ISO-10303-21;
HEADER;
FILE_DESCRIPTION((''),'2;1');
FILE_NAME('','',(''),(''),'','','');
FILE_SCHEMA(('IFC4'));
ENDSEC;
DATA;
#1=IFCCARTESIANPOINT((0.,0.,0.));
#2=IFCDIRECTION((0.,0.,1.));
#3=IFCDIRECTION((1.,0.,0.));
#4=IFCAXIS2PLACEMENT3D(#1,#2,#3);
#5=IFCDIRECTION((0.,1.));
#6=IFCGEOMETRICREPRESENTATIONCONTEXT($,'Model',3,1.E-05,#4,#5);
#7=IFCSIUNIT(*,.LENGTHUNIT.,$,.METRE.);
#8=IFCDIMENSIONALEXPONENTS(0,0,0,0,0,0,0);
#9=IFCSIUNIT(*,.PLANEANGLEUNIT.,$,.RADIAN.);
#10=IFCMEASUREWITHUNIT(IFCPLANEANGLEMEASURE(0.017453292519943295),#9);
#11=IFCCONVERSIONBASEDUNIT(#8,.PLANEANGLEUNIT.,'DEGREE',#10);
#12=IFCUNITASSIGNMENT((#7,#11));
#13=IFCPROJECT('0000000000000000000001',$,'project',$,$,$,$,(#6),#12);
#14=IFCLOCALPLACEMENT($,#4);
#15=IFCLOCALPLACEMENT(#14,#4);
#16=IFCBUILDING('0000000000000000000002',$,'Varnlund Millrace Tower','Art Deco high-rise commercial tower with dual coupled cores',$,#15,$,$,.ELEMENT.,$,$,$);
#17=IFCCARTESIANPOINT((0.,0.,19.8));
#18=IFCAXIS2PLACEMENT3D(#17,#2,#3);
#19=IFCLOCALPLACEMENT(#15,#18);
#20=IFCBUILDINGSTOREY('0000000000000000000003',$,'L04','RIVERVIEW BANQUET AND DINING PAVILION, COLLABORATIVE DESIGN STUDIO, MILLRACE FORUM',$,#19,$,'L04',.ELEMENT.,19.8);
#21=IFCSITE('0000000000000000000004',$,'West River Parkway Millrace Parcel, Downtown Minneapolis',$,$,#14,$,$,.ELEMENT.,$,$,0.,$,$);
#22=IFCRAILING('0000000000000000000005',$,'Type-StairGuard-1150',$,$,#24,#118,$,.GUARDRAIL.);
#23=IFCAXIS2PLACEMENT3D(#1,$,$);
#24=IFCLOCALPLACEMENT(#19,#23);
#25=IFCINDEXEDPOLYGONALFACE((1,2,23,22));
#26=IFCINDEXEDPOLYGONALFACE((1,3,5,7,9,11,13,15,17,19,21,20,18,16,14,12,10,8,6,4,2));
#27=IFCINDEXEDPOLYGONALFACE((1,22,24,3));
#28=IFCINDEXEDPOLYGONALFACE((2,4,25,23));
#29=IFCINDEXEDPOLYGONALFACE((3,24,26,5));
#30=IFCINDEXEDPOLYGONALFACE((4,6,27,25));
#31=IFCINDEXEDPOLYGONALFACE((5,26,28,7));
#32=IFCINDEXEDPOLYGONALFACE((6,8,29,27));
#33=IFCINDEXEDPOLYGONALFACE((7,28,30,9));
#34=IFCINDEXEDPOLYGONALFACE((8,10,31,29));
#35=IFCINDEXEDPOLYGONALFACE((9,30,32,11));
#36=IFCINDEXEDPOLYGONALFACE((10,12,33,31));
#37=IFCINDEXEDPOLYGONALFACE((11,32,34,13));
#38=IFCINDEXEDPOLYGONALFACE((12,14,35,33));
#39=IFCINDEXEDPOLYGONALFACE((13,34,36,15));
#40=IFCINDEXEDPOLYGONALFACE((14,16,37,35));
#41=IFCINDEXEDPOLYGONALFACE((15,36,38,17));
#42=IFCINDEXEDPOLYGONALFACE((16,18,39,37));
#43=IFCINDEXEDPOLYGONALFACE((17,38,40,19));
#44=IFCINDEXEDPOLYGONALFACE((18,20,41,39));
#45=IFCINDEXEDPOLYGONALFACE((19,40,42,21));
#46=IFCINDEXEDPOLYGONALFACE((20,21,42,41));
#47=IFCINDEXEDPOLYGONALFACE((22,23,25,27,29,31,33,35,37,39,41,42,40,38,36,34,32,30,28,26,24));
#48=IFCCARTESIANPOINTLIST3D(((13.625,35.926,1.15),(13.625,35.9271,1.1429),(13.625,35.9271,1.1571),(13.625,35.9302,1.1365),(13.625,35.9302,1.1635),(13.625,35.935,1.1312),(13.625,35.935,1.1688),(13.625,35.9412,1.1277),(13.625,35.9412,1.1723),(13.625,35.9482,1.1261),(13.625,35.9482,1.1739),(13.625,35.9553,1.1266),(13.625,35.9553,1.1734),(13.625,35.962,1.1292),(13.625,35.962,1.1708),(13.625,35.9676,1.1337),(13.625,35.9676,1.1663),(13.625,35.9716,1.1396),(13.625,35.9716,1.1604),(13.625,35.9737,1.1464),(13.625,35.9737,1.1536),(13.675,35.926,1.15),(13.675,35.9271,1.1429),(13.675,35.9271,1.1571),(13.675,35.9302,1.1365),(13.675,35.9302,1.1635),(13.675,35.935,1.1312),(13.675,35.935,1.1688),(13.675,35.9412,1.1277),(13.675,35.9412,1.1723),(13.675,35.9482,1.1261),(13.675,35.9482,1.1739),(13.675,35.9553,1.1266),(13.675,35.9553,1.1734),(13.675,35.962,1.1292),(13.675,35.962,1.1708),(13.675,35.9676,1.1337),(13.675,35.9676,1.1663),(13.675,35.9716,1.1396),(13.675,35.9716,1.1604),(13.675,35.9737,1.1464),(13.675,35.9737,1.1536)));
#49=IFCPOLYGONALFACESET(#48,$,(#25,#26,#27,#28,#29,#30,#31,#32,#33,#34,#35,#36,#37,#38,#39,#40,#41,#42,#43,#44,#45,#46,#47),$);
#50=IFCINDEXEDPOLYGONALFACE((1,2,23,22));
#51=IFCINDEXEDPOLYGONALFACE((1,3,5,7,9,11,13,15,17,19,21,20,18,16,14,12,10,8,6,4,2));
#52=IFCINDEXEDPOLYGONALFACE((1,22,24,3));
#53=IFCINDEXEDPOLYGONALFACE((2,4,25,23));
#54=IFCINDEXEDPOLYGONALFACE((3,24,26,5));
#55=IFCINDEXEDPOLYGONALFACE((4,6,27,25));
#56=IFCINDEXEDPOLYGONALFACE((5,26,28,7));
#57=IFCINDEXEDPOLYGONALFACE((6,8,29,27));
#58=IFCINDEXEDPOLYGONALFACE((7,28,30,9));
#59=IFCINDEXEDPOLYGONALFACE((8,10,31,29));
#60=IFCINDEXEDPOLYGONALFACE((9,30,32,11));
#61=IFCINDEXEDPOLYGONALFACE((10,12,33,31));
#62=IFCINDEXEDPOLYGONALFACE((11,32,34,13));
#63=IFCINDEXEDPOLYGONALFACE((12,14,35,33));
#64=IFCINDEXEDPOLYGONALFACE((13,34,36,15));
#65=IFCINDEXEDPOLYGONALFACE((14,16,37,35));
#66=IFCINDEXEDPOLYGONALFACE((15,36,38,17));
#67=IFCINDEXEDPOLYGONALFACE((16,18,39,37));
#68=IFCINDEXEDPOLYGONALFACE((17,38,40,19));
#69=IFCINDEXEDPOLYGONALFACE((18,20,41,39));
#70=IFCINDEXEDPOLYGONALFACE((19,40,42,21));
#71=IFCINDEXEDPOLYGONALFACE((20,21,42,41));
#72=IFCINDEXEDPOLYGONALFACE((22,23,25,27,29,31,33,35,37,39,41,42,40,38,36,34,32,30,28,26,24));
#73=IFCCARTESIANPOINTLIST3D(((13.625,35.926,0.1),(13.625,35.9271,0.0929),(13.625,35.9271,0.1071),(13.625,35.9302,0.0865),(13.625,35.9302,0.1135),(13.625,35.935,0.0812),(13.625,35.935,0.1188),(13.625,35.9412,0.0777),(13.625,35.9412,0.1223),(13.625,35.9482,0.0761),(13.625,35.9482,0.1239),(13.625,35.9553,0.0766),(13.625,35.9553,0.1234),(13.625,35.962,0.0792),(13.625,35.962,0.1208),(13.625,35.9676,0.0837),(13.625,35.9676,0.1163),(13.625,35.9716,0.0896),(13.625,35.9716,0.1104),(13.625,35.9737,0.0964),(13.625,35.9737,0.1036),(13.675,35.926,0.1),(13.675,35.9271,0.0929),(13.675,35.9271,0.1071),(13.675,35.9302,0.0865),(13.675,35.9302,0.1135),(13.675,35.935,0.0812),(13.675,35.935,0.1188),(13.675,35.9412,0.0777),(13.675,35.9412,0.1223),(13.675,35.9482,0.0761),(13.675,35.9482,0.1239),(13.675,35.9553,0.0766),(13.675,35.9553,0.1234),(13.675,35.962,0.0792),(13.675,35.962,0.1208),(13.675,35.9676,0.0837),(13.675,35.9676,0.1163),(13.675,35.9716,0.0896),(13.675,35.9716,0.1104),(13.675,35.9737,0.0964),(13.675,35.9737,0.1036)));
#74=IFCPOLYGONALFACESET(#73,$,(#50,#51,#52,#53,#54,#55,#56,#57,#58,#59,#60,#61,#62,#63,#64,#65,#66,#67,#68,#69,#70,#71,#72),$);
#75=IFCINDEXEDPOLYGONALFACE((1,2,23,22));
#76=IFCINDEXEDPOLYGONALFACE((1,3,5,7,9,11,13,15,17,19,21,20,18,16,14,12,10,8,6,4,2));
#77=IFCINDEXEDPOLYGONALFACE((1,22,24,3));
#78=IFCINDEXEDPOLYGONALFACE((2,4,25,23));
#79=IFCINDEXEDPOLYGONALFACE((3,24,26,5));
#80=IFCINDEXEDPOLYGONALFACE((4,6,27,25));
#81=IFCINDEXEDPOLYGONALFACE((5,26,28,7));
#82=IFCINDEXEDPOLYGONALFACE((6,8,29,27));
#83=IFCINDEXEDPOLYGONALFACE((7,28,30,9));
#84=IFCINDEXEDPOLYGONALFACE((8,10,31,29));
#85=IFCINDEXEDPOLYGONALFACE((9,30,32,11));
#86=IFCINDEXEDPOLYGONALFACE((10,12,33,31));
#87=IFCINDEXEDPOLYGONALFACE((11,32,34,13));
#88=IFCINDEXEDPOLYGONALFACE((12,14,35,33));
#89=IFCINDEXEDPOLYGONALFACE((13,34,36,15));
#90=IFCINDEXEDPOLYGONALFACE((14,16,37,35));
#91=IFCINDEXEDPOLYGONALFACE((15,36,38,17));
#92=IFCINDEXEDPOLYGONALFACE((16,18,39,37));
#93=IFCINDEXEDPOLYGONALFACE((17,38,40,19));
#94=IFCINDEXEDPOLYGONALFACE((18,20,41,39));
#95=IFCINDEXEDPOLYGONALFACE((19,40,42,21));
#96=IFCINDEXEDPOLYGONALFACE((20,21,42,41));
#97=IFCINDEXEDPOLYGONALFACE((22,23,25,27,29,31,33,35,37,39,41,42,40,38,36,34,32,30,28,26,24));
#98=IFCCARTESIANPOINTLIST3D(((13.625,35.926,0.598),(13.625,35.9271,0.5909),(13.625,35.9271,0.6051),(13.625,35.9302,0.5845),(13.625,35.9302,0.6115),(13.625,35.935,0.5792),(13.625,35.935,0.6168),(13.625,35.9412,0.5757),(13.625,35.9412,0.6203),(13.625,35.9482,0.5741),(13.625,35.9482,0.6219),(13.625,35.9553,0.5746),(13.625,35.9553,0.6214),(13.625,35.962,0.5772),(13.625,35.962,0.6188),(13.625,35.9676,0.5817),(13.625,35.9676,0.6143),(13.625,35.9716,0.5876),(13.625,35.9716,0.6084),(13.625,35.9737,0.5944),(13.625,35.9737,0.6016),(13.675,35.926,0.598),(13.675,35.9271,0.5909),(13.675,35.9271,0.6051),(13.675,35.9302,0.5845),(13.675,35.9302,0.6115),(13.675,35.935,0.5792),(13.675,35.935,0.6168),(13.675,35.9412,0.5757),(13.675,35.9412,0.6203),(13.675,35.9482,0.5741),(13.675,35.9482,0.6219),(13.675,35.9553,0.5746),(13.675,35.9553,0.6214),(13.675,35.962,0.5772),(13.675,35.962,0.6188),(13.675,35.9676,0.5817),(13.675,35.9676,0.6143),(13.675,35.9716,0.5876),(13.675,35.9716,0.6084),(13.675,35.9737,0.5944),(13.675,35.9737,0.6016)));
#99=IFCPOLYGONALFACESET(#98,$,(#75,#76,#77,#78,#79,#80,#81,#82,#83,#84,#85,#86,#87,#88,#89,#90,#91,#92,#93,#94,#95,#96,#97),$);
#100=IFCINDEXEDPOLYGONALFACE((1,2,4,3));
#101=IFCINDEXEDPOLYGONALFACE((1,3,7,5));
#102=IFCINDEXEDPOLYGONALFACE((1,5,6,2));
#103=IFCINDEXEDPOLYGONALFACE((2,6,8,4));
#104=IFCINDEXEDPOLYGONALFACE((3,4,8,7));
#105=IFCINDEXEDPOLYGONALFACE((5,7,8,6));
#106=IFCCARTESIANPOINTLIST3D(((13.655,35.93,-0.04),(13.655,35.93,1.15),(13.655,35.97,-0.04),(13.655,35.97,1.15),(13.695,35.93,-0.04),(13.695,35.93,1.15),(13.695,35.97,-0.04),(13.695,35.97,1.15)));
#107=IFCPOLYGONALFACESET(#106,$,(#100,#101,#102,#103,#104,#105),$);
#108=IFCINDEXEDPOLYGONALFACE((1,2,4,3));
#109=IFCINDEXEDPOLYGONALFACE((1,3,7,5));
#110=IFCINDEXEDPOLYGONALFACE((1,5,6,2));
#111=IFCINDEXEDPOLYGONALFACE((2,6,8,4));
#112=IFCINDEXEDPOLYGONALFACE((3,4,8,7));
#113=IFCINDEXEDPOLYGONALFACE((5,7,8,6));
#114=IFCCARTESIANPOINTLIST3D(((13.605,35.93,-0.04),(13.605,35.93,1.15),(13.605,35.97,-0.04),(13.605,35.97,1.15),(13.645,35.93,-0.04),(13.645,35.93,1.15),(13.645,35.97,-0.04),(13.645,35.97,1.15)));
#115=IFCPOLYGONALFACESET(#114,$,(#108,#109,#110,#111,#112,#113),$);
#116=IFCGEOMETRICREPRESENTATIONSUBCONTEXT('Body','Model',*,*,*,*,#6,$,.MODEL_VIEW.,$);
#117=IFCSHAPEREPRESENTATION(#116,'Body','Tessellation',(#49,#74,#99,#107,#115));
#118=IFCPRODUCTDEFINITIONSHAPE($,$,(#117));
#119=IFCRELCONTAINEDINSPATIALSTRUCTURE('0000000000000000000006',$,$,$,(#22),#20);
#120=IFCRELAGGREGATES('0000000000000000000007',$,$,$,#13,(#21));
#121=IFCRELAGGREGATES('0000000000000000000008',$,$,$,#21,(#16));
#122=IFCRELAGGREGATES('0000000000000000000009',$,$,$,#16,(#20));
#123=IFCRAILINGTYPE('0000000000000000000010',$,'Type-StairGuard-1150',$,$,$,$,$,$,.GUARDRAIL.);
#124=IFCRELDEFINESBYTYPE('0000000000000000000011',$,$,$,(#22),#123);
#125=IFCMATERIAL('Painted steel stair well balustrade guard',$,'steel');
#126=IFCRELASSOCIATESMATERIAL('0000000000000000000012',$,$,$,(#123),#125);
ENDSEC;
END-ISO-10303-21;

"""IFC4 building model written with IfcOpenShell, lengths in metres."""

from ifc_helpers import new_model, entity, si_unit, converted_unit, direction, frame, origin_with_axes, origin_2d_with_axis, place, context, subcontext, project, spatial, rectangle, circle, extrude, material, type_object, element, save


model = new_model("IFC4")

# Units and contexts
model_context = context("Model", 3, precision=1e-05, world=origin_with_axes(), true_north=direction((0.0, 1.0)))
body_context = subcontext(model_context, "Body", "Model", "MODEL_VIEW")
ifc_project = project(units=[si_unit("LENGTHUNIT", "METRE"), converted_unit("PLANEANGLEUNIT", "DEGREE", entity("IfcPlaneAngleMeasure", 0.017453292519943295), si_unit("PLANEANGLEUNIT", "RADIAN"), dimensions=[0, 0, 0, 0, 0, 0, 0])], contexts=[model_context])

# Site, building, storey
site_placement = place(None, origin_with_axes())
site = spatial("IfcSite", under=ifc_project, at=site_placement, Name="West River Parkway Millrace Parcel, Downtown Minneapolis", CompositionType="ELEMENT", RefElevation=0.0)
building_placement = place(site_placement, origin_with_axes())
building = spatial("IfcBuilding", under=site, at=building_placement, Name="Varnlund Millrace Tower", Description="Art Deco high-rise commercial tower with dual coupled cores", CompositionType="ELEMENT")
storey_placement = place(building_placement, frame((0.0, 0.0, 19.8), z_axis=(0.0, 0.0, 1.0), x_axis=(1.0, 0.0, 0.0)))
storey = spatial("IfcBuildingStorey", under=building, at=storey_placement, Name="L04", Description="RIVERVIEW BANQUET AND DINING PAVILION, COLLABORATIVE DESIGN STUDIO, MILLRACE FORUM", LongName="L04", CompositionType="ELEMENT", Elevation=19.8)

# Railing
ifc_material_1 = material(Name="Painted steel stair well balustrade guard", Category="steel")
railing_type_1 = type_object("IfcRailingType", Name="Type-StairGuard-1150", PredefinedType="GUARDRAIL", material=ifc_material_1)
railing_1_placement = place(storey_placement, frame((0.0, 0.0, -19.8), z_axis=(0.0, 0.0, 1.0), x_axis=(1.0, 0.0, 0.0)))
element("IfcRailing", 1, at=railing_1_placement, inside=storey, type_object=railing_type_1, Name="Type-StairGuard-1150", PredefinedType="GUARDRAIL", context=body_context, shape_type="SweptSolid", body=[
    extrude(circle(Radius=0.024, at=origin_2d_with_axis()), frame((13.675, 35.95, 20.95), z_axis=(-1.0, 0.0, 0.0), x_axis=(0.0, -1.0, 0.0)), (0.0, 0.0, 1.0), 0.05),
    extrude(circle(Radius=0.024, at=origin_2d_with_axis()), frame((13.675, 35.95, 19.9), z_axis=(-1.0, 0.0, 0.0), x_axis=(0.0, -1.0, 0.0)), (0.0, 0.0, 1.0), 0.05),
    extrude(circle(Radius=0.024, at=origin_2d_with_axis()), frame((13.675, 35.95, 20.398), z_axis=(-1.0, 0.0, 0.0), x_axis=(0.0, -1.0, 0.0)), (0.0, 0.0, 1.0), 0.05),
    extrude(rectangle(XDim=0.04, YDim=0.04, at=origin_2d_with_axis()), frame((13.675, 35.95, 19.76), z_axis=(0.0, 0.0, 1.0), x_axis=(1.0, 0.0, 0.0)), (0.0, 0.0, 1.0), 1.19),
    extrude(rectangle(XDim=0.04, YDim=0.04, at=origin_2d_with_axis()), frame((13.625, 35.95, 19.76), z_axis=(0.0, 0.0, 1.0), x_axis=(1.0, 0.0, 0.0)), (0.0, 0.0, 1.0), 1.19),
])

save(model, "model.ifc")
